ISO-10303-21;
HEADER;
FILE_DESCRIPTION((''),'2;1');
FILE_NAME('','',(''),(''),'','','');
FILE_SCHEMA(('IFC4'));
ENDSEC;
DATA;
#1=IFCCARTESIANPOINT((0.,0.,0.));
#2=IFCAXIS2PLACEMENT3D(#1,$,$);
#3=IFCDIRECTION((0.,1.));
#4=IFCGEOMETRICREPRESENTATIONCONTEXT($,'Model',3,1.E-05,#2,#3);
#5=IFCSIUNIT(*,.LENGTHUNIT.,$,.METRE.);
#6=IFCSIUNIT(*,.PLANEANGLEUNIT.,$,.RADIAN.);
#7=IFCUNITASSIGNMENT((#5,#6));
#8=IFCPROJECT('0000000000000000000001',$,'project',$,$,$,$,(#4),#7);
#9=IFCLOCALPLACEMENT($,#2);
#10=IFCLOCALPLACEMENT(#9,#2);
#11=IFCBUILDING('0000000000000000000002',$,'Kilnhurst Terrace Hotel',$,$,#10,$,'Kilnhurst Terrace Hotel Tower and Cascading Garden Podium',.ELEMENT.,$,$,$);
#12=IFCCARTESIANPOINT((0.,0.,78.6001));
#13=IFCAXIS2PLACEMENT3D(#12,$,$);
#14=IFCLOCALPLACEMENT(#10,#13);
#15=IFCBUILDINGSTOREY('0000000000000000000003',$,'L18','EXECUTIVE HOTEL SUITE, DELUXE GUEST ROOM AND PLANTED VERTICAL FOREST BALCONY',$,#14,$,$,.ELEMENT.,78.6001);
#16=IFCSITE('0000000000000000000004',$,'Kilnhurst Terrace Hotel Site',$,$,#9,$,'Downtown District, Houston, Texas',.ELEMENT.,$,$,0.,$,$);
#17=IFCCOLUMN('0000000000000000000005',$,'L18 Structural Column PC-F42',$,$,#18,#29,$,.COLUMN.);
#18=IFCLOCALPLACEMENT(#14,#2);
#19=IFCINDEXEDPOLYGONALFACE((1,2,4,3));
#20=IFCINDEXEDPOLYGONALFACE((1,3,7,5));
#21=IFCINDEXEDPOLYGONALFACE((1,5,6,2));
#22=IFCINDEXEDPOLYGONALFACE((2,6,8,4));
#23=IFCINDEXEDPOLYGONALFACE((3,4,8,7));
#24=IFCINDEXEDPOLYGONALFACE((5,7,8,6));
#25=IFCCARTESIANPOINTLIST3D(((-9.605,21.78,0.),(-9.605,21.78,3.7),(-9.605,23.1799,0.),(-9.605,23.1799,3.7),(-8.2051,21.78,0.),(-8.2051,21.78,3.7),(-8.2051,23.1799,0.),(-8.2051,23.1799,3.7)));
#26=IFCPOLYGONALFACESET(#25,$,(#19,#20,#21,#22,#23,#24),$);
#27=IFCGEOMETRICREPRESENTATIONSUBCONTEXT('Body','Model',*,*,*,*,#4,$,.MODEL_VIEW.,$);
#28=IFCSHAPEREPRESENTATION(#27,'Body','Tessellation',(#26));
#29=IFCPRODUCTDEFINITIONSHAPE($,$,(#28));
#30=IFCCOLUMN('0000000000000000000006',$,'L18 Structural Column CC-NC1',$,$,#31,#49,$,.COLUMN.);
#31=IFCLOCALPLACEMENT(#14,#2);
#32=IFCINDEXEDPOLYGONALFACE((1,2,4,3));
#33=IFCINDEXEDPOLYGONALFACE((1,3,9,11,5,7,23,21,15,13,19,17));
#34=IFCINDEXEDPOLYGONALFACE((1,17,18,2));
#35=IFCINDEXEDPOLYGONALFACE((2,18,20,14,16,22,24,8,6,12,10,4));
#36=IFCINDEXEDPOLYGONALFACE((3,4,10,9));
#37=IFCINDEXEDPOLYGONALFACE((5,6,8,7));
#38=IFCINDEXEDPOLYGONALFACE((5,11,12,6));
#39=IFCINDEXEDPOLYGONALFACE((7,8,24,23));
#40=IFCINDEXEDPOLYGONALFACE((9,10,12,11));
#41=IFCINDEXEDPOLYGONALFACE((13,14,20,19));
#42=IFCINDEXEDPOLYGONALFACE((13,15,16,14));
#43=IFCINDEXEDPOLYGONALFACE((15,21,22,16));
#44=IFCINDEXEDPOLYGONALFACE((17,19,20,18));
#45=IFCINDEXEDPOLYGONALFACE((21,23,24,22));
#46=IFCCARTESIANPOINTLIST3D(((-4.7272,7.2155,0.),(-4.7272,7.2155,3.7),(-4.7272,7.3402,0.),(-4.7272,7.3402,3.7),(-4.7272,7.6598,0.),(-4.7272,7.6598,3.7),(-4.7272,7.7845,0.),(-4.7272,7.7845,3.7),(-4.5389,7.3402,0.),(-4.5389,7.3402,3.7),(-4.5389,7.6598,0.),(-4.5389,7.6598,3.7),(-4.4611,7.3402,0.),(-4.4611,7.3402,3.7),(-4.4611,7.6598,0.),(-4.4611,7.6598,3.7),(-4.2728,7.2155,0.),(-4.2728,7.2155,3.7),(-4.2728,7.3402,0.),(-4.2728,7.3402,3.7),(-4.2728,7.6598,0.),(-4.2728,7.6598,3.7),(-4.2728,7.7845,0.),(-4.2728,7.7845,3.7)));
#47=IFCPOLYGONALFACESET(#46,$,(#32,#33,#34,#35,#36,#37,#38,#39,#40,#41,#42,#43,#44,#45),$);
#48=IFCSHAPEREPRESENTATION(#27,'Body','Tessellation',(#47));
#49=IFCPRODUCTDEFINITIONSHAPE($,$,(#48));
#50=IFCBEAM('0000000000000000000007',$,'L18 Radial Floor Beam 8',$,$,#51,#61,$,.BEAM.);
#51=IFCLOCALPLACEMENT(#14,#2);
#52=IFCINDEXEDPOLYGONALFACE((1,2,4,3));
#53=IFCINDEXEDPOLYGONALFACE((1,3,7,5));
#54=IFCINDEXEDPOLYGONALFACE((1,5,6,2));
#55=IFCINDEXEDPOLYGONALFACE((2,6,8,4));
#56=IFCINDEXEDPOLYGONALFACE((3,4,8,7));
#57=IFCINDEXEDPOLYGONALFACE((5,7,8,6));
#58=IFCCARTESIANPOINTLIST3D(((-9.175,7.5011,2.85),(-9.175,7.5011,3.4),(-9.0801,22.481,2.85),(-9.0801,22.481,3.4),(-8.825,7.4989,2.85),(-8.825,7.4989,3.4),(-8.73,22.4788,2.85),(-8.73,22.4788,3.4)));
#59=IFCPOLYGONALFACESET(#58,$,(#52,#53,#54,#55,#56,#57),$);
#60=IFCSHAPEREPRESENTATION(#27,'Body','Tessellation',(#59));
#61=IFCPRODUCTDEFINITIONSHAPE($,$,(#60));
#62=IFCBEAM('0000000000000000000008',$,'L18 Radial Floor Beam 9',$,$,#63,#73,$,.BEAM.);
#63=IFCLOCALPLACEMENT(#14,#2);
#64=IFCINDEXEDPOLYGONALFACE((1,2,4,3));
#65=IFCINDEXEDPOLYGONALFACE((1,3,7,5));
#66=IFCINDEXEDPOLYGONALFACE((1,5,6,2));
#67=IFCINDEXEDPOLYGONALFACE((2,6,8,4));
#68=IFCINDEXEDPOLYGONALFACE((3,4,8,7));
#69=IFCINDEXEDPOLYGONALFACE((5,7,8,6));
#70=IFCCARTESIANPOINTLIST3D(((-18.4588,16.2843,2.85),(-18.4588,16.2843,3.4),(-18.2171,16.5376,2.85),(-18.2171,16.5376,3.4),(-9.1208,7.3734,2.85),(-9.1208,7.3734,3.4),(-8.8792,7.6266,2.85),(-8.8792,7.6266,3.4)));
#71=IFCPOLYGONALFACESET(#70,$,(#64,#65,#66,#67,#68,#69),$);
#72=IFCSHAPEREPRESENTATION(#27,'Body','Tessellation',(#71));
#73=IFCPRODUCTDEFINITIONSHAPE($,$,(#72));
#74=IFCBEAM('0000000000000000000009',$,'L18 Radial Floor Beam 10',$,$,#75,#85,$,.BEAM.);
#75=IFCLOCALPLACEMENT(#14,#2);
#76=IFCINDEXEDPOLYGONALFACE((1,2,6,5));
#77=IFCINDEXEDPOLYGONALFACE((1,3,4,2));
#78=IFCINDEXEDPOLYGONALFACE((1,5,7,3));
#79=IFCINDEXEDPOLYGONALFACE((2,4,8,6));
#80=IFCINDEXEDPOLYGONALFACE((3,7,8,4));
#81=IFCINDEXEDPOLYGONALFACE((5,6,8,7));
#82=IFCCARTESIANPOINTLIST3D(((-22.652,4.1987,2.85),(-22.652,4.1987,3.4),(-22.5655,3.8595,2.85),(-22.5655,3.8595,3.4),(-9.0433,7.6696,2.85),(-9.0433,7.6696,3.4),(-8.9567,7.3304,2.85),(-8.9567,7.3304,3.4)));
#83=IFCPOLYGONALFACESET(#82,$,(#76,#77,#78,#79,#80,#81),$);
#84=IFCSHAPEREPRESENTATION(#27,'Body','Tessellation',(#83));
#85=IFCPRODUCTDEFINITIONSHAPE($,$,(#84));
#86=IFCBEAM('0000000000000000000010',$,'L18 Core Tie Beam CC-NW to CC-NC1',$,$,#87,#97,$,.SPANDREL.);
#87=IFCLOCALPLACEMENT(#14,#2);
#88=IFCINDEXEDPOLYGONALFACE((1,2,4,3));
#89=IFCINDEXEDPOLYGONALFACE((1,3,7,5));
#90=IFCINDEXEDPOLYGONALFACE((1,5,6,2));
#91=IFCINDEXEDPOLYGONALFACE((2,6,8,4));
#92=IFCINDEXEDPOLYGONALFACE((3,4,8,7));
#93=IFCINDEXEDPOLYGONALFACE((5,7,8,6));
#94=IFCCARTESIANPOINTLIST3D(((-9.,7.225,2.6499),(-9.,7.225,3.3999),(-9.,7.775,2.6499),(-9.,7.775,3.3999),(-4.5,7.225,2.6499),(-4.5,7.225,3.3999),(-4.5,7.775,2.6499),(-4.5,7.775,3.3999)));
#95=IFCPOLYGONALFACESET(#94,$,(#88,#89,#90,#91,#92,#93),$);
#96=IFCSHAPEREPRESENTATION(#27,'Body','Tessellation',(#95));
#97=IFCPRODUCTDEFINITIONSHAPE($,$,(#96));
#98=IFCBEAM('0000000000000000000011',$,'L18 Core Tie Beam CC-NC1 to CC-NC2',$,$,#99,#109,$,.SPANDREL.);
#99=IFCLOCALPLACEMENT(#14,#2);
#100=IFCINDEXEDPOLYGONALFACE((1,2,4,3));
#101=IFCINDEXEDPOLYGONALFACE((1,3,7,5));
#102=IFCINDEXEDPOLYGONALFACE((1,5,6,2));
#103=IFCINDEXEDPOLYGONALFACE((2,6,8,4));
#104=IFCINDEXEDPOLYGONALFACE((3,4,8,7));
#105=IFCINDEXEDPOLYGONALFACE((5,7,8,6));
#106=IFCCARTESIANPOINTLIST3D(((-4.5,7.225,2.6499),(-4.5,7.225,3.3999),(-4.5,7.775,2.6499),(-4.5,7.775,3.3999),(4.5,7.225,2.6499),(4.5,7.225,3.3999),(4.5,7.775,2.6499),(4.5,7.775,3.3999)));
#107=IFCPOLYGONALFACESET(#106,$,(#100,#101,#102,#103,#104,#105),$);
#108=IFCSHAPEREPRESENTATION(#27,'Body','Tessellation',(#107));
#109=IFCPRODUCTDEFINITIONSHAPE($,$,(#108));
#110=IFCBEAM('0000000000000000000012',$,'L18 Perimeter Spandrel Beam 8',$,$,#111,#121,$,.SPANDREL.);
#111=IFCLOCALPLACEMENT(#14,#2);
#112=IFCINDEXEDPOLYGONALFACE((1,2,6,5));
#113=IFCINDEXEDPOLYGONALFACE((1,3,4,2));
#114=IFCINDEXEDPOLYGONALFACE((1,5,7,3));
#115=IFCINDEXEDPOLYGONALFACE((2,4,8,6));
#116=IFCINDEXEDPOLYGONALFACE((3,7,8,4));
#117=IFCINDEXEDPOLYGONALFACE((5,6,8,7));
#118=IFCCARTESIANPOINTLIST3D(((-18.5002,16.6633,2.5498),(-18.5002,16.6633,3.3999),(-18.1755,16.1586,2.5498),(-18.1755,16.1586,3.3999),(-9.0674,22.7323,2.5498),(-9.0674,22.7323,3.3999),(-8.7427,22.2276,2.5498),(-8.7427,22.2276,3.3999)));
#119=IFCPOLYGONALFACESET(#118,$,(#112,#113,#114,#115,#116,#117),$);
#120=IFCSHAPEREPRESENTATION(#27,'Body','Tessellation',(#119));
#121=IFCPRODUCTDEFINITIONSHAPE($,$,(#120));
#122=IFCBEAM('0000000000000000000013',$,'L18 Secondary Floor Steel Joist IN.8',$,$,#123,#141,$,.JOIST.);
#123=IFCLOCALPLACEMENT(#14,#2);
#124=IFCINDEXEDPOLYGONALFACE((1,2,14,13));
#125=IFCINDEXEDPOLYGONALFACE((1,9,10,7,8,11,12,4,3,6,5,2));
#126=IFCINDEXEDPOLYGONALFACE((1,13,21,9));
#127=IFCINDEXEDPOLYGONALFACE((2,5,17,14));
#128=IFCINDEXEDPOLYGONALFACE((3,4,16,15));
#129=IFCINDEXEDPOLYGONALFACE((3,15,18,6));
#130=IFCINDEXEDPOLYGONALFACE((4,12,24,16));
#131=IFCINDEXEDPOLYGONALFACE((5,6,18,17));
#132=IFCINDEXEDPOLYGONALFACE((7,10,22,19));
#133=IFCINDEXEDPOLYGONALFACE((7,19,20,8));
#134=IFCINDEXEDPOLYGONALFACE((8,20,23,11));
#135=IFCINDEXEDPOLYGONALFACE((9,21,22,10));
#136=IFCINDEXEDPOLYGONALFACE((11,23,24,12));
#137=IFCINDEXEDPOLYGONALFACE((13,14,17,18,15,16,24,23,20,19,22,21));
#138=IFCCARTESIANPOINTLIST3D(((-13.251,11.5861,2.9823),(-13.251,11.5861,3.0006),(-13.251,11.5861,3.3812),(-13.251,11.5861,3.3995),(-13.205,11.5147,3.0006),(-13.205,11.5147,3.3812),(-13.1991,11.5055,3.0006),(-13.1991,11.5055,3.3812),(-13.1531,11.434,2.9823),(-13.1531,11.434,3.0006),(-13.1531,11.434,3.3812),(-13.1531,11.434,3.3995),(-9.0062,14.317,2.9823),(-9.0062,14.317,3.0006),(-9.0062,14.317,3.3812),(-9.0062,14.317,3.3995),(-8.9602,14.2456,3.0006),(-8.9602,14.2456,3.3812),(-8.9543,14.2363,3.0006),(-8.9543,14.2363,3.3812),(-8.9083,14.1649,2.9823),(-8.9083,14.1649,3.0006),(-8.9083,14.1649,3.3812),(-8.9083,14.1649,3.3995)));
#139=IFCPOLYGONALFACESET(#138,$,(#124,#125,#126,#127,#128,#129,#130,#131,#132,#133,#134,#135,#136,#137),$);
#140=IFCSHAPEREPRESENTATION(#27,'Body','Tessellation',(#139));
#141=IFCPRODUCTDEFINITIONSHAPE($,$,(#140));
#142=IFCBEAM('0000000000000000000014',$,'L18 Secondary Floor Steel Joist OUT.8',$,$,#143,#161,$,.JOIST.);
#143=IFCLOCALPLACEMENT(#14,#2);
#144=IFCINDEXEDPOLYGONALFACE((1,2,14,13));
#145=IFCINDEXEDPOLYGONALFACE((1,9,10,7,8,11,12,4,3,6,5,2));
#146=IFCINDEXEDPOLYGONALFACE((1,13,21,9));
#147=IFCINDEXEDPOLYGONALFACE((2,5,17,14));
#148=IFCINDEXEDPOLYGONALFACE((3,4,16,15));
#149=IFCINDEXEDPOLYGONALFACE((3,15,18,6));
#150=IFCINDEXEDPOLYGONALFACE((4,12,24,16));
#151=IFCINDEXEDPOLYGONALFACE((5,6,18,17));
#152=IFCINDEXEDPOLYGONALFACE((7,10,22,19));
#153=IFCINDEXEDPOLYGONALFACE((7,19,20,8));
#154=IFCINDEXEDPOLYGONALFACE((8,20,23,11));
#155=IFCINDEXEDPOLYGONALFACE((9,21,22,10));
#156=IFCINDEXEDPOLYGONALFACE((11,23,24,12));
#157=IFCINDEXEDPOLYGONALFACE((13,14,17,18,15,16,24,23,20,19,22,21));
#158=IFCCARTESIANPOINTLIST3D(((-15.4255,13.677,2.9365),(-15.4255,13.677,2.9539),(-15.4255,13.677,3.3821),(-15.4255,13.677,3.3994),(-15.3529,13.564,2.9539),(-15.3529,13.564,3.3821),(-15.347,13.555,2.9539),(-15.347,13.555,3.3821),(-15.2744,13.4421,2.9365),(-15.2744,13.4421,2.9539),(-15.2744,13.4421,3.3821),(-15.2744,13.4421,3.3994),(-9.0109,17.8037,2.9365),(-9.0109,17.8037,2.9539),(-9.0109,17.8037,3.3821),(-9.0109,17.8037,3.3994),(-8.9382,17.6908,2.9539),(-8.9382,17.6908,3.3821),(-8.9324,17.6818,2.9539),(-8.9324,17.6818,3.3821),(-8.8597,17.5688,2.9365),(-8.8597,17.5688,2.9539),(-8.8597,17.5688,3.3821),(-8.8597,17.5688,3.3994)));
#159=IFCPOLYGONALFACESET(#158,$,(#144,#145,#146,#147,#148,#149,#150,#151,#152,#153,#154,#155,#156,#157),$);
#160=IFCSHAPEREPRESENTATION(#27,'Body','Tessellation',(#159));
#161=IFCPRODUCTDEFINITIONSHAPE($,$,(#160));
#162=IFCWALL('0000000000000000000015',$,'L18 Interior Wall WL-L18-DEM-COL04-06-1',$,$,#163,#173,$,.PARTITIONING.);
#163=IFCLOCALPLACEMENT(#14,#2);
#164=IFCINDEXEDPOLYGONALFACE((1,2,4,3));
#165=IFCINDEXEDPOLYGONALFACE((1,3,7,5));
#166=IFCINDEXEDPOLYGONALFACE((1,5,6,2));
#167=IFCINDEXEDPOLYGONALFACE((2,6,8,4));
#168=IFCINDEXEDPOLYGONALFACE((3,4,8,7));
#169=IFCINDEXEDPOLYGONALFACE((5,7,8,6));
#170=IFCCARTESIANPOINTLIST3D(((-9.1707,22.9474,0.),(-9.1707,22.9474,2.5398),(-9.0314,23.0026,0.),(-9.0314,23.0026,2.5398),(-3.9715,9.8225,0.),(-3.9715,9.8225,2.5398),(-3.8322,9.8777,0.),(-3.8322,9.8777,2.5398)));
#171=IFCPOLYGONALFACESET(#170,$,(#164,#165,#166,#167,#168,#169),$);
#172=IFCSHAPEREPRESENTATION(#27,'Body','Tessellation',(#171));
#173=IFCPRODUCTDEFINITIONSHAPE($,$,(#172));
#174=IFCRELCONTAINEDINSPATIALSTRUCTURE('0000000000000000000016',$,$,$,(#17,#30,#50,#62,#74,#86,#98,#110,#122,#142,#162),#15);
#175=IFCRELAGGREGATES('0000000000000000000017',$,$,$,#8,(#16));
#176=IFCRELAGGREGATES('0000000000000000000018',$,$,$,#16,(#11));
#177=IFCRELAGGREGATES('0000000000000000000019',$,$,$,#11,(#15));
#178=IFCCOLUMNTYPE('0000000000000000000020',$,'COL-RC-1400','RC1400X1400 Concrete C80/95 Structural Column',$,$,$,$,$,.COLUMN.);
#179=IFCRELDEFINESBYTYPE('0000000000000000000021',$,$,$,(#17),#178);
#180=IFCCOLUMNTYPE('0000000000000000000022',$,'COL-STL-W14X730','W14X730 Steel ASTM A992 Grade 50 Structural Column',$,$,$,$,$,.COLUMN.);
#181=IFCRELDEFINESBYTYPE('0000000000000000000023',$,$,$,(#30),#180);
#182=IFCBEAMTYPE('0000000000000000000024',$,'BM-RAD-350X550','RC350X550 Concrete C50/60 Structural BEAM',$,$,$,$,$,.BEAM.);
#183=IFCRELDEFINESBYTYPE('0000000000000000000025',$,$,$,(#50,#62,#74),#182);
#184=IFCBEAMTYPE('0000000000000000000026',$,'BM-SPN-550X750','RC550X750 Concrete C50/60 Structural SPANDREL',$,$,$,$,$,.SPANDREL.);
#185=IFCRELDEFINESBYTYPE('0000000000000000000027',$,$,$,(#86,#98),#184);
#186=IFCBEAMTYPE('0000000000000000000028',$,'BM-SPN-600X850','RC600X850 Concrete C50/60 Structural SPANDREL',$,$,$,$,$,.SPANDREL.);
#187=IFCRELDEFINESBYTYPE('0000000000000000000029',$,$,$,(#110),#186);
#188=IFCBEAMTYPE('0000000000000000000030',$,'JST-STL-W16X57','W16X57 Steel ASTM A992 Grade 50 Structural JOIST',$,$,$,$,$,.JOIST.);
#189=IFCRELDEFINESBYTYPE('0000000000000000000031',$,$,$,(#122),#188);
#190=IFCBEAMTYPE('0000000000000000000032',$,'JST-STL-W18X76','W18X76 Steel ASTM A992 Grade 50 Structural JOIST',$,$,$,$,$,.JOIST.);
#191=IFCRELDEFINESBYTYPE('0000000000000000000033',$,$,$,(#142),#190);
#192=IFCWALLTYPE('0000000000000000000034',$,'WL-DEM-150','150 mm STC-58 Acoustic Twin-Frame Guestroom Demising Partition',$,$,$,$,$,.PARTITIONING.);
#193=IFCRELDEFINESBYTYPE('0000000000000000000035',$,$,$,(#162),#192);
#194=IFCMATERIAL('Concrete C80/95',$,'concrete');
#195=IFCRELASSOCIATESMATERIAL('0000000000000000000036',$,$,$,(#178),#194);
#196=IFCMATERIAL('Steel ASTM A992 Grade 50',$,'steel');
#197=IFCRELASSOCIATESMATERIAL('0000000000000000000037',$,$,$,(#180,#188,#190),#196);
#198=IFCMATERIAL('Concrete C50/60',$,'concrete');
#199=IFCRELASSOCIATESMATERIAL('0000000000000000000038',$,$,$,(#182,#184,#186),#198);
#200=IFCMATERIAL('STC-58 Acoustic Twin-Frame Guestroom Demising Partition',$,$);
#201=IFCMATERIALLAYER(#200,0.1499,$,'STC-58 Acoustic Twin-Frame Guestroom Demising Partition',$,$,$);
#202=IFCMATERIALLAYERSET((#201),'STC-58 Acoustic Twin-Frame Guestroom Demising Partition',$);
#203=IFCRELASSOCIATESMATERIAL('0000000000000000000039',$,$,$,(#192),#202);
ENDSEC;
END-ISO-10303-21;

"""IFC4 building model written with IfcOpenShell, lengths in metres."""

from ifc_helpers import new_model, si_unit, direction, frame, frame_2d, origin, origin_2d, place, context, subcontext, project, spatial, rectangle, i_section, extrude, material, layer, layer_set, material_profile, profile_set, type_object, element, save


model = new_model("IFC4")

# Units and contexts
model_context = context("Model", 3, precision=1e-05, world=origin(), true_north=direction((0.0, 1.0)))
body_context = subcontext(model_context, "Body", "Model", "MODEL_VIEW")
ifc_project = project(units=[si_unit("LENGTHUNIT", "METRE"), si_unit("PLANEANGLEUNIT", "RADIAN")], contexts=[model_context])

# Site, building, storey
site_placement = place(None, origin())
site = spatial("IfcSite", under=ifc_project, at=site_placement, Name="Kilnhurst Terrace Hotel Site", LongName="Downtown District, Houston, Texas", CompositionType="ELEMENT", RefElevation=0.0)
building_placement = place(site_placement, origin())
building = spatial("IfcBuilding", under=site, at=building_placement, Name="Kilnhurst Terrace Hotel", LongName="Kilnhurst Terrace Hotel Tower and Cascading Garden Podium", CompositionType="ELEMENT")
storey_placement = place(building_placement, frame((0.0, 0.0, 78.6001)))
storey = spatial("IfcBuildingStorey", under=building, at=storey_placement, Name="L18", Description="EXECUTIVE HOTEL SUITE, DELUXE GUEST ROOM AND PLANTED VERTICAL FOREST BALCONY", CompositionType="ELEMENT", Elevation=78.6001)

# Columns
ifc_material_1 = material(Name="Concrete C80/95", Category="concrete")
ifc_material_profile_1 = material_profile(ifc_material_1, rectangle(XDim=1.3999, YDim=1.3999, at=origin_2d()), Name="RC1400X1400")
ifc_profile_set_1 = profile_set([ifc_material_profile_1], Name="Concrete C80/95")
column_type_1 = type_object("IfcColumnType", Name="COL-RC-1400", Description="RC1400X1400 Concrete C80/95 Structural Column", PredefinedType="COLUMN", material=ifc_profile_set_1)
column_1_placement = place(storey_placement, frame((-8.905, 22.48, 0.0), z_axis=(0.0, 0.0, 1.0), x_axis=(1.0, 0.0, 0.0)))
element("IfcColumn", 1, at=column_1_placement, inside=storey, type_object=column_type_1, Name="L18 Structural Column PC-F42", PredefinedType="COLUMN", context=body_context, shape_type="SweptSolid", body=[
    extrude(rectangle(XDim=1.3999, YDim=1.3999, at=origin_2d()), origin(), (0.0, 0.0, 1.0), 3.7),
])
ifc_material_2 = material(Name="Steel ASTM A992 Grade 50", Category="steel")
ifc_material_profile_2 = material_profile(ifc_material_2, i_section(OverallWidth=0.4543, OverallDepth=0.5691, WebThickness=0.0779, FlangeThickness=0.1248, at=origin_2d()), Name="W14X730")
ifc_profile_set_2 = profile_set([ifc_material_profile_2], Name="Steel ASTM A992 Grade 50")
column_type_2 = type_object("IfcColumnType", Name="COL-STL-W14X730", Description="W14X730 Steel ASTM A992 Grade 50 Structural Column", PredefinedType="COLUMN", material=ifc_profile_set_2)
column_2_placement = place(storey_placement, frame((-4.5, 7.5, 0.0), z_axis=(0.0, 0.0, 1.0), x_axis=(1.0, 0.0, 0.0)))
element("IfcColumn", 2, at=column_2_placement, inside=storey, type_object=column_type_2, Name="L18 Structural Column CC-NC1", PredefinedType="COLUMN", context=body_context, shape_type="SweptSolid", body=[
    extrude(i_section(OverallWidth=0.4543, OverallDepth=0.5691, WebThickness=0.0779, FlangeThickness=0.1248, at=origin_2d()), origin(), (0.0, 0.0, 1.0), 3.7),
])

# Beams
ifc_material_3 = material(Name="Concrete C50/60", Category="concrete")
ifc_material_profile_3 = material_profile(ifc_material_3, rectangle(XDim=0.3501, YDim=0.55, at=origin_2d()), Name="RC350X550")
ifc_profile_set_3 = profile_set([ifc_material_profile_3], Name="Concrete C50/60")
beam_type_1 = type_object("IfcBeamType", Name="BM-RAD-350X550", Description="RC350X550 Concrete C50/60 Structural BEAM", PredefinedType="BEAM", material=ifc_profile_set_3)
beam_1_placement = place(storey_placement, frame((-9.0, 7.5, 3.125), z_axis=(0.00634, 0.99998, 0.0), x_axis=(-0.99998, 0.00634, 0.0)))
element("IfcBeam", 3, at=beam_1_placement, inside=storey, type_object=beam_type_1, Name="L18 Radial Floor Beam 8", PredefinedType="BEAM", context=body_context, shape_type="SweptSolid", body=[
    extrude(rectangle(XDim=0.3501, YDim=0.55, at=origin_2d()), origin(), (0.0, 0.0, 1.0), 14.9802),
])
beam_2_placement = place(storey_placement, frame((-9.0, 7.5, 3.125), z_axis=(-0.723454, 0.690372, 0.0), x_axis=(-0.690372, -0.723454, 0.0)))
element("IfcBeam", 4, at=beam_2_placement, inside=storey, type_object=beam_type_1, Name="L18 Radial Floor Beam 9", PredefinedType="BEAM", context=body_context, shape_type="SweptSolid", body=[
    extrude(rectangle(XDim=0.3501, YDim=0.55, at=origin_2d()), origin(), (0.0, 0.0, 1.0), 12.9075),
])
beam_3_placement = place(storey_placement, frame((-9.0, 7.5, 3.125), z_axis=(-0.96898, -0.247138, 0.0), x_axis=(0.247138, -0.96898, 0.0)))
element("IfcBeam", 5, at=beam_3_placement, inside=storey, type_object=beam_type_1, Name="L18 Radial Floor Beam 10", PredefinedType="BEAM", context=body_context, shape_type="SweptSolid", body=[
    extrude(rectangle(XDim=0.3501, YDim=0.55, at=origin_2d()), origin(), (0.0, 0.0, 1.0), 14.0444),
])
ifc_material_profile_4 = material_profile(ifc_material_3, rectangle(XDim=0.55, YDim=0.75, at=origin_2d()), Name="RC550X750")
ifc_profile_set_4 = profile_set([ifc_material_profile_4], Name="Concrete C50/60")
beam_type_2 = type_object("IfcBeamType", Name="BM-SPN-550X750", Description="RC550X750 Concrete C50/60 Structural SPANDREL", PredefinedType="SPANDREL", material=ifc_profile_set_4)
beam_4_placement = place(storey_placement, frame((-9.0, 7.5, 3.0249), z_axis=(1.0, 0.0, 0.0), x_axis=(0.0, 1.0, 0.0)))
element("IfcBeam", 6, at=beam_4_placement, inside=storey, type_object=beam_type_2, Name="L18 Core Tie Beam CC-NW to CC-NC1", PredefinedType="SPANDREL", context=body_context, shape_type="SweptSolid", body=[
    extrude(rectangle(XDim=0.55, YDim=0.75, at=origin_2d()), origin(), (0.0, 0.0, 1.0), 4.5),
])
beam_5_placement = place(storey_placement, frame((-4.5, 7.5, 3.0249), z_axis=(1.0, 0.0, 0.0), x_axis=(0.0, 1.0, 0.0)))
element("IfcBeam", 7, at=beam_5_placement, inside=storey, type_object=beam_type_2, Name="L18 Core Tie Beam CC-NC1 to CC-NC2", PredefinedType="SPANDREL", context=body_context, shape_type="SweptSolid", body=[
    extrude(rectangle(XDim=0.55, YDim=0.75, at=origin_2d()), origin(), (0.0, 0.0, 1.0), 9.0),
])
ifc_material_profile_5 = material_profile(ifc_material_3, rectangle(XDim=0.6001, YDim=0.8501, at=origin_2d()), Name="RC600X850")
ifc_profile_set_5 = profile_set([ifc_material_profile_5], Name="Concrete C50/60")
beam_type_3 = type_object("IfcBeamType", Name="BM-SPN-600X850", Description="RC600X850 Concrete C50/60 Structural SPANDREL", PredefinedType="SPANDREL", material=ifc_profile_set_5)
beam_6_placement = place(storey_placement, frame((-8.905, 22.48, 2.9749), z_axis=(-0.840971, -0.54108, 0.0), x_axis=(0.54108, -0.840971, 0.0)))
element("IfcBeam", 8, at=beam_6_placement, inside=storey, type_object=beam_type_3, Name="L18 Perimeter Spandrel Beam 8", PredefinedType="SPANDREL", context=body_context, shape_type="SweptSolid", body=[
    extrude(rectangle(XDim=0.6001, YDim=0.8501, at=origin_2d()), origin(), (0.0, 0.0, 1.0), 11.2166),
])
ifc_material_profile_6 = material_profile(ifc_material_2, i_section(OverallWidth=0.1809, OverallDepth=0.4172, WebThickness=0.011, FlangeThickness=0.0183, at=origin_2d()), Name="W16X57")
ifc_profile_set_6 = profile_set([ifc_material_profile_6], Name="Steel ASTM A992 Grade 50")
beam_type_4 = type_object("IfcBeamType", Name="JST-STL-W16X57", Description="W16X57 Steel ASTM A992 Grade 50 Structural JOIST", PredefinedType="JOIST", material=ifc_profile_set_6)
beam_7_placement = place(storey_placement, frame((-8.9573, 14.241, 3.1909), z_axis=(-0.840988, -0.541053, 0.0), x_axis=(0.541053, -0.840988, 0.0)))
element("IfcBeam", 9, at=beam_7_placement, inside=storey, type_object=beam_type_4, Name="L18 Secondary Floor Steel Joist IN.8", PredefinedType="JOIST", context=body_context, shape_type="SweptSolid", body=[
    extrude(i_section(OverallWidth=0.1809, OverallDepth=0.4172, WebThickness=0.011, FlangeThickness=0.0183, at=origin_2d()), origin(), (0.0, 0.0, 1.0), 5.0474),
])
ifc_material_profile_7 = material_profile(ifc_material_2, i_section(OverallWidth=0.2793, OverallDepth=0.4629, WebThickness=0.0107, FlangeThickness=0.0173, at=origin_2d()), Name="W18X76")
ifc_profile_set_7 = profile_set([ifc_material_profile_7], Name="Steel ASTM A992 Grade 50")
beam_type_5 = type_object("IfcBeamType", Name="JST-STL-W18X76", Description="W18X76 Steel ASTM A992 Grade 50 Structural JOIST", PredefinedType="JOIST", material=ifc_profile_set_7)
beam_8_placement = place(storey_placement, frame((-8.9353, 17.6863, 3.168), z_axis=(-0.840995, -0.541042, 0.0), x_axis=(0.541042, -0.840995, 0.0)))
element("IfcBeam", 10, at=beam_8_placement, inside=storey, type_object=beam_type_5, Name="L18 Secondary Floor Steel Joist OUT.8", PredefinedType="JOIST", context=body_context, shape_type="SweptSolid", body=[
    extrude(i_section(OverallWidth=0.2793, OverallDepth=0.4629, WebThickness=0.0107, FlangeThickness=0.0173, at=origin_2d()), origin(), (0.0, 0.0, 1.0), 7.6274),
])

# Wall
ifc_material_4 = material(Name="STC-58 Acoustic Twin-Frame Guestroom Demising Partition")
ifc_layer_1 = layer(ifc_material_4, 0.1499, Name="STC-58 Acoustic Twin-Frame Guestroom Demising Partition")
ifc_layer_set_1 = layer_set([ifc_layer_1], Name="STC-58 Acoustic Twin-Frame Guestroom Demising Partition")
wall_type_1 = type_object("IfcWallType", Name="WL-DEM-150", Description="150 mm STC-58 Acoustic Twin-Frame Guestroom Demising Partition", PredefinedType="PARTITIONING", material=ifc_layer_set_1)
wall_1_placement = place(storey_placement, frame((-3.9019, 9.8501, 0.0), z_axis=(0.0, 0.0, 1.0), x_axis=(-0.368288, 0.929712, 0.0)))
element("IfcWall", 11, at=wall_1_placement, inside=storey, type_object=wall_type_1, Name="L18 Interior Wall WL-L18-DEM-COL04-06-1", PredefinedType="PARTITIONING", context=body_context, shape_type="SweptSolid", body=[
    extrude(rectangle(XDim=14.1172, YDim=0.1499, at=frame_2d((7.0586, 0.0))), origin(), (0.0, 0.0, 1.0), 2.5398),
])

save(model, "model.ifc")
